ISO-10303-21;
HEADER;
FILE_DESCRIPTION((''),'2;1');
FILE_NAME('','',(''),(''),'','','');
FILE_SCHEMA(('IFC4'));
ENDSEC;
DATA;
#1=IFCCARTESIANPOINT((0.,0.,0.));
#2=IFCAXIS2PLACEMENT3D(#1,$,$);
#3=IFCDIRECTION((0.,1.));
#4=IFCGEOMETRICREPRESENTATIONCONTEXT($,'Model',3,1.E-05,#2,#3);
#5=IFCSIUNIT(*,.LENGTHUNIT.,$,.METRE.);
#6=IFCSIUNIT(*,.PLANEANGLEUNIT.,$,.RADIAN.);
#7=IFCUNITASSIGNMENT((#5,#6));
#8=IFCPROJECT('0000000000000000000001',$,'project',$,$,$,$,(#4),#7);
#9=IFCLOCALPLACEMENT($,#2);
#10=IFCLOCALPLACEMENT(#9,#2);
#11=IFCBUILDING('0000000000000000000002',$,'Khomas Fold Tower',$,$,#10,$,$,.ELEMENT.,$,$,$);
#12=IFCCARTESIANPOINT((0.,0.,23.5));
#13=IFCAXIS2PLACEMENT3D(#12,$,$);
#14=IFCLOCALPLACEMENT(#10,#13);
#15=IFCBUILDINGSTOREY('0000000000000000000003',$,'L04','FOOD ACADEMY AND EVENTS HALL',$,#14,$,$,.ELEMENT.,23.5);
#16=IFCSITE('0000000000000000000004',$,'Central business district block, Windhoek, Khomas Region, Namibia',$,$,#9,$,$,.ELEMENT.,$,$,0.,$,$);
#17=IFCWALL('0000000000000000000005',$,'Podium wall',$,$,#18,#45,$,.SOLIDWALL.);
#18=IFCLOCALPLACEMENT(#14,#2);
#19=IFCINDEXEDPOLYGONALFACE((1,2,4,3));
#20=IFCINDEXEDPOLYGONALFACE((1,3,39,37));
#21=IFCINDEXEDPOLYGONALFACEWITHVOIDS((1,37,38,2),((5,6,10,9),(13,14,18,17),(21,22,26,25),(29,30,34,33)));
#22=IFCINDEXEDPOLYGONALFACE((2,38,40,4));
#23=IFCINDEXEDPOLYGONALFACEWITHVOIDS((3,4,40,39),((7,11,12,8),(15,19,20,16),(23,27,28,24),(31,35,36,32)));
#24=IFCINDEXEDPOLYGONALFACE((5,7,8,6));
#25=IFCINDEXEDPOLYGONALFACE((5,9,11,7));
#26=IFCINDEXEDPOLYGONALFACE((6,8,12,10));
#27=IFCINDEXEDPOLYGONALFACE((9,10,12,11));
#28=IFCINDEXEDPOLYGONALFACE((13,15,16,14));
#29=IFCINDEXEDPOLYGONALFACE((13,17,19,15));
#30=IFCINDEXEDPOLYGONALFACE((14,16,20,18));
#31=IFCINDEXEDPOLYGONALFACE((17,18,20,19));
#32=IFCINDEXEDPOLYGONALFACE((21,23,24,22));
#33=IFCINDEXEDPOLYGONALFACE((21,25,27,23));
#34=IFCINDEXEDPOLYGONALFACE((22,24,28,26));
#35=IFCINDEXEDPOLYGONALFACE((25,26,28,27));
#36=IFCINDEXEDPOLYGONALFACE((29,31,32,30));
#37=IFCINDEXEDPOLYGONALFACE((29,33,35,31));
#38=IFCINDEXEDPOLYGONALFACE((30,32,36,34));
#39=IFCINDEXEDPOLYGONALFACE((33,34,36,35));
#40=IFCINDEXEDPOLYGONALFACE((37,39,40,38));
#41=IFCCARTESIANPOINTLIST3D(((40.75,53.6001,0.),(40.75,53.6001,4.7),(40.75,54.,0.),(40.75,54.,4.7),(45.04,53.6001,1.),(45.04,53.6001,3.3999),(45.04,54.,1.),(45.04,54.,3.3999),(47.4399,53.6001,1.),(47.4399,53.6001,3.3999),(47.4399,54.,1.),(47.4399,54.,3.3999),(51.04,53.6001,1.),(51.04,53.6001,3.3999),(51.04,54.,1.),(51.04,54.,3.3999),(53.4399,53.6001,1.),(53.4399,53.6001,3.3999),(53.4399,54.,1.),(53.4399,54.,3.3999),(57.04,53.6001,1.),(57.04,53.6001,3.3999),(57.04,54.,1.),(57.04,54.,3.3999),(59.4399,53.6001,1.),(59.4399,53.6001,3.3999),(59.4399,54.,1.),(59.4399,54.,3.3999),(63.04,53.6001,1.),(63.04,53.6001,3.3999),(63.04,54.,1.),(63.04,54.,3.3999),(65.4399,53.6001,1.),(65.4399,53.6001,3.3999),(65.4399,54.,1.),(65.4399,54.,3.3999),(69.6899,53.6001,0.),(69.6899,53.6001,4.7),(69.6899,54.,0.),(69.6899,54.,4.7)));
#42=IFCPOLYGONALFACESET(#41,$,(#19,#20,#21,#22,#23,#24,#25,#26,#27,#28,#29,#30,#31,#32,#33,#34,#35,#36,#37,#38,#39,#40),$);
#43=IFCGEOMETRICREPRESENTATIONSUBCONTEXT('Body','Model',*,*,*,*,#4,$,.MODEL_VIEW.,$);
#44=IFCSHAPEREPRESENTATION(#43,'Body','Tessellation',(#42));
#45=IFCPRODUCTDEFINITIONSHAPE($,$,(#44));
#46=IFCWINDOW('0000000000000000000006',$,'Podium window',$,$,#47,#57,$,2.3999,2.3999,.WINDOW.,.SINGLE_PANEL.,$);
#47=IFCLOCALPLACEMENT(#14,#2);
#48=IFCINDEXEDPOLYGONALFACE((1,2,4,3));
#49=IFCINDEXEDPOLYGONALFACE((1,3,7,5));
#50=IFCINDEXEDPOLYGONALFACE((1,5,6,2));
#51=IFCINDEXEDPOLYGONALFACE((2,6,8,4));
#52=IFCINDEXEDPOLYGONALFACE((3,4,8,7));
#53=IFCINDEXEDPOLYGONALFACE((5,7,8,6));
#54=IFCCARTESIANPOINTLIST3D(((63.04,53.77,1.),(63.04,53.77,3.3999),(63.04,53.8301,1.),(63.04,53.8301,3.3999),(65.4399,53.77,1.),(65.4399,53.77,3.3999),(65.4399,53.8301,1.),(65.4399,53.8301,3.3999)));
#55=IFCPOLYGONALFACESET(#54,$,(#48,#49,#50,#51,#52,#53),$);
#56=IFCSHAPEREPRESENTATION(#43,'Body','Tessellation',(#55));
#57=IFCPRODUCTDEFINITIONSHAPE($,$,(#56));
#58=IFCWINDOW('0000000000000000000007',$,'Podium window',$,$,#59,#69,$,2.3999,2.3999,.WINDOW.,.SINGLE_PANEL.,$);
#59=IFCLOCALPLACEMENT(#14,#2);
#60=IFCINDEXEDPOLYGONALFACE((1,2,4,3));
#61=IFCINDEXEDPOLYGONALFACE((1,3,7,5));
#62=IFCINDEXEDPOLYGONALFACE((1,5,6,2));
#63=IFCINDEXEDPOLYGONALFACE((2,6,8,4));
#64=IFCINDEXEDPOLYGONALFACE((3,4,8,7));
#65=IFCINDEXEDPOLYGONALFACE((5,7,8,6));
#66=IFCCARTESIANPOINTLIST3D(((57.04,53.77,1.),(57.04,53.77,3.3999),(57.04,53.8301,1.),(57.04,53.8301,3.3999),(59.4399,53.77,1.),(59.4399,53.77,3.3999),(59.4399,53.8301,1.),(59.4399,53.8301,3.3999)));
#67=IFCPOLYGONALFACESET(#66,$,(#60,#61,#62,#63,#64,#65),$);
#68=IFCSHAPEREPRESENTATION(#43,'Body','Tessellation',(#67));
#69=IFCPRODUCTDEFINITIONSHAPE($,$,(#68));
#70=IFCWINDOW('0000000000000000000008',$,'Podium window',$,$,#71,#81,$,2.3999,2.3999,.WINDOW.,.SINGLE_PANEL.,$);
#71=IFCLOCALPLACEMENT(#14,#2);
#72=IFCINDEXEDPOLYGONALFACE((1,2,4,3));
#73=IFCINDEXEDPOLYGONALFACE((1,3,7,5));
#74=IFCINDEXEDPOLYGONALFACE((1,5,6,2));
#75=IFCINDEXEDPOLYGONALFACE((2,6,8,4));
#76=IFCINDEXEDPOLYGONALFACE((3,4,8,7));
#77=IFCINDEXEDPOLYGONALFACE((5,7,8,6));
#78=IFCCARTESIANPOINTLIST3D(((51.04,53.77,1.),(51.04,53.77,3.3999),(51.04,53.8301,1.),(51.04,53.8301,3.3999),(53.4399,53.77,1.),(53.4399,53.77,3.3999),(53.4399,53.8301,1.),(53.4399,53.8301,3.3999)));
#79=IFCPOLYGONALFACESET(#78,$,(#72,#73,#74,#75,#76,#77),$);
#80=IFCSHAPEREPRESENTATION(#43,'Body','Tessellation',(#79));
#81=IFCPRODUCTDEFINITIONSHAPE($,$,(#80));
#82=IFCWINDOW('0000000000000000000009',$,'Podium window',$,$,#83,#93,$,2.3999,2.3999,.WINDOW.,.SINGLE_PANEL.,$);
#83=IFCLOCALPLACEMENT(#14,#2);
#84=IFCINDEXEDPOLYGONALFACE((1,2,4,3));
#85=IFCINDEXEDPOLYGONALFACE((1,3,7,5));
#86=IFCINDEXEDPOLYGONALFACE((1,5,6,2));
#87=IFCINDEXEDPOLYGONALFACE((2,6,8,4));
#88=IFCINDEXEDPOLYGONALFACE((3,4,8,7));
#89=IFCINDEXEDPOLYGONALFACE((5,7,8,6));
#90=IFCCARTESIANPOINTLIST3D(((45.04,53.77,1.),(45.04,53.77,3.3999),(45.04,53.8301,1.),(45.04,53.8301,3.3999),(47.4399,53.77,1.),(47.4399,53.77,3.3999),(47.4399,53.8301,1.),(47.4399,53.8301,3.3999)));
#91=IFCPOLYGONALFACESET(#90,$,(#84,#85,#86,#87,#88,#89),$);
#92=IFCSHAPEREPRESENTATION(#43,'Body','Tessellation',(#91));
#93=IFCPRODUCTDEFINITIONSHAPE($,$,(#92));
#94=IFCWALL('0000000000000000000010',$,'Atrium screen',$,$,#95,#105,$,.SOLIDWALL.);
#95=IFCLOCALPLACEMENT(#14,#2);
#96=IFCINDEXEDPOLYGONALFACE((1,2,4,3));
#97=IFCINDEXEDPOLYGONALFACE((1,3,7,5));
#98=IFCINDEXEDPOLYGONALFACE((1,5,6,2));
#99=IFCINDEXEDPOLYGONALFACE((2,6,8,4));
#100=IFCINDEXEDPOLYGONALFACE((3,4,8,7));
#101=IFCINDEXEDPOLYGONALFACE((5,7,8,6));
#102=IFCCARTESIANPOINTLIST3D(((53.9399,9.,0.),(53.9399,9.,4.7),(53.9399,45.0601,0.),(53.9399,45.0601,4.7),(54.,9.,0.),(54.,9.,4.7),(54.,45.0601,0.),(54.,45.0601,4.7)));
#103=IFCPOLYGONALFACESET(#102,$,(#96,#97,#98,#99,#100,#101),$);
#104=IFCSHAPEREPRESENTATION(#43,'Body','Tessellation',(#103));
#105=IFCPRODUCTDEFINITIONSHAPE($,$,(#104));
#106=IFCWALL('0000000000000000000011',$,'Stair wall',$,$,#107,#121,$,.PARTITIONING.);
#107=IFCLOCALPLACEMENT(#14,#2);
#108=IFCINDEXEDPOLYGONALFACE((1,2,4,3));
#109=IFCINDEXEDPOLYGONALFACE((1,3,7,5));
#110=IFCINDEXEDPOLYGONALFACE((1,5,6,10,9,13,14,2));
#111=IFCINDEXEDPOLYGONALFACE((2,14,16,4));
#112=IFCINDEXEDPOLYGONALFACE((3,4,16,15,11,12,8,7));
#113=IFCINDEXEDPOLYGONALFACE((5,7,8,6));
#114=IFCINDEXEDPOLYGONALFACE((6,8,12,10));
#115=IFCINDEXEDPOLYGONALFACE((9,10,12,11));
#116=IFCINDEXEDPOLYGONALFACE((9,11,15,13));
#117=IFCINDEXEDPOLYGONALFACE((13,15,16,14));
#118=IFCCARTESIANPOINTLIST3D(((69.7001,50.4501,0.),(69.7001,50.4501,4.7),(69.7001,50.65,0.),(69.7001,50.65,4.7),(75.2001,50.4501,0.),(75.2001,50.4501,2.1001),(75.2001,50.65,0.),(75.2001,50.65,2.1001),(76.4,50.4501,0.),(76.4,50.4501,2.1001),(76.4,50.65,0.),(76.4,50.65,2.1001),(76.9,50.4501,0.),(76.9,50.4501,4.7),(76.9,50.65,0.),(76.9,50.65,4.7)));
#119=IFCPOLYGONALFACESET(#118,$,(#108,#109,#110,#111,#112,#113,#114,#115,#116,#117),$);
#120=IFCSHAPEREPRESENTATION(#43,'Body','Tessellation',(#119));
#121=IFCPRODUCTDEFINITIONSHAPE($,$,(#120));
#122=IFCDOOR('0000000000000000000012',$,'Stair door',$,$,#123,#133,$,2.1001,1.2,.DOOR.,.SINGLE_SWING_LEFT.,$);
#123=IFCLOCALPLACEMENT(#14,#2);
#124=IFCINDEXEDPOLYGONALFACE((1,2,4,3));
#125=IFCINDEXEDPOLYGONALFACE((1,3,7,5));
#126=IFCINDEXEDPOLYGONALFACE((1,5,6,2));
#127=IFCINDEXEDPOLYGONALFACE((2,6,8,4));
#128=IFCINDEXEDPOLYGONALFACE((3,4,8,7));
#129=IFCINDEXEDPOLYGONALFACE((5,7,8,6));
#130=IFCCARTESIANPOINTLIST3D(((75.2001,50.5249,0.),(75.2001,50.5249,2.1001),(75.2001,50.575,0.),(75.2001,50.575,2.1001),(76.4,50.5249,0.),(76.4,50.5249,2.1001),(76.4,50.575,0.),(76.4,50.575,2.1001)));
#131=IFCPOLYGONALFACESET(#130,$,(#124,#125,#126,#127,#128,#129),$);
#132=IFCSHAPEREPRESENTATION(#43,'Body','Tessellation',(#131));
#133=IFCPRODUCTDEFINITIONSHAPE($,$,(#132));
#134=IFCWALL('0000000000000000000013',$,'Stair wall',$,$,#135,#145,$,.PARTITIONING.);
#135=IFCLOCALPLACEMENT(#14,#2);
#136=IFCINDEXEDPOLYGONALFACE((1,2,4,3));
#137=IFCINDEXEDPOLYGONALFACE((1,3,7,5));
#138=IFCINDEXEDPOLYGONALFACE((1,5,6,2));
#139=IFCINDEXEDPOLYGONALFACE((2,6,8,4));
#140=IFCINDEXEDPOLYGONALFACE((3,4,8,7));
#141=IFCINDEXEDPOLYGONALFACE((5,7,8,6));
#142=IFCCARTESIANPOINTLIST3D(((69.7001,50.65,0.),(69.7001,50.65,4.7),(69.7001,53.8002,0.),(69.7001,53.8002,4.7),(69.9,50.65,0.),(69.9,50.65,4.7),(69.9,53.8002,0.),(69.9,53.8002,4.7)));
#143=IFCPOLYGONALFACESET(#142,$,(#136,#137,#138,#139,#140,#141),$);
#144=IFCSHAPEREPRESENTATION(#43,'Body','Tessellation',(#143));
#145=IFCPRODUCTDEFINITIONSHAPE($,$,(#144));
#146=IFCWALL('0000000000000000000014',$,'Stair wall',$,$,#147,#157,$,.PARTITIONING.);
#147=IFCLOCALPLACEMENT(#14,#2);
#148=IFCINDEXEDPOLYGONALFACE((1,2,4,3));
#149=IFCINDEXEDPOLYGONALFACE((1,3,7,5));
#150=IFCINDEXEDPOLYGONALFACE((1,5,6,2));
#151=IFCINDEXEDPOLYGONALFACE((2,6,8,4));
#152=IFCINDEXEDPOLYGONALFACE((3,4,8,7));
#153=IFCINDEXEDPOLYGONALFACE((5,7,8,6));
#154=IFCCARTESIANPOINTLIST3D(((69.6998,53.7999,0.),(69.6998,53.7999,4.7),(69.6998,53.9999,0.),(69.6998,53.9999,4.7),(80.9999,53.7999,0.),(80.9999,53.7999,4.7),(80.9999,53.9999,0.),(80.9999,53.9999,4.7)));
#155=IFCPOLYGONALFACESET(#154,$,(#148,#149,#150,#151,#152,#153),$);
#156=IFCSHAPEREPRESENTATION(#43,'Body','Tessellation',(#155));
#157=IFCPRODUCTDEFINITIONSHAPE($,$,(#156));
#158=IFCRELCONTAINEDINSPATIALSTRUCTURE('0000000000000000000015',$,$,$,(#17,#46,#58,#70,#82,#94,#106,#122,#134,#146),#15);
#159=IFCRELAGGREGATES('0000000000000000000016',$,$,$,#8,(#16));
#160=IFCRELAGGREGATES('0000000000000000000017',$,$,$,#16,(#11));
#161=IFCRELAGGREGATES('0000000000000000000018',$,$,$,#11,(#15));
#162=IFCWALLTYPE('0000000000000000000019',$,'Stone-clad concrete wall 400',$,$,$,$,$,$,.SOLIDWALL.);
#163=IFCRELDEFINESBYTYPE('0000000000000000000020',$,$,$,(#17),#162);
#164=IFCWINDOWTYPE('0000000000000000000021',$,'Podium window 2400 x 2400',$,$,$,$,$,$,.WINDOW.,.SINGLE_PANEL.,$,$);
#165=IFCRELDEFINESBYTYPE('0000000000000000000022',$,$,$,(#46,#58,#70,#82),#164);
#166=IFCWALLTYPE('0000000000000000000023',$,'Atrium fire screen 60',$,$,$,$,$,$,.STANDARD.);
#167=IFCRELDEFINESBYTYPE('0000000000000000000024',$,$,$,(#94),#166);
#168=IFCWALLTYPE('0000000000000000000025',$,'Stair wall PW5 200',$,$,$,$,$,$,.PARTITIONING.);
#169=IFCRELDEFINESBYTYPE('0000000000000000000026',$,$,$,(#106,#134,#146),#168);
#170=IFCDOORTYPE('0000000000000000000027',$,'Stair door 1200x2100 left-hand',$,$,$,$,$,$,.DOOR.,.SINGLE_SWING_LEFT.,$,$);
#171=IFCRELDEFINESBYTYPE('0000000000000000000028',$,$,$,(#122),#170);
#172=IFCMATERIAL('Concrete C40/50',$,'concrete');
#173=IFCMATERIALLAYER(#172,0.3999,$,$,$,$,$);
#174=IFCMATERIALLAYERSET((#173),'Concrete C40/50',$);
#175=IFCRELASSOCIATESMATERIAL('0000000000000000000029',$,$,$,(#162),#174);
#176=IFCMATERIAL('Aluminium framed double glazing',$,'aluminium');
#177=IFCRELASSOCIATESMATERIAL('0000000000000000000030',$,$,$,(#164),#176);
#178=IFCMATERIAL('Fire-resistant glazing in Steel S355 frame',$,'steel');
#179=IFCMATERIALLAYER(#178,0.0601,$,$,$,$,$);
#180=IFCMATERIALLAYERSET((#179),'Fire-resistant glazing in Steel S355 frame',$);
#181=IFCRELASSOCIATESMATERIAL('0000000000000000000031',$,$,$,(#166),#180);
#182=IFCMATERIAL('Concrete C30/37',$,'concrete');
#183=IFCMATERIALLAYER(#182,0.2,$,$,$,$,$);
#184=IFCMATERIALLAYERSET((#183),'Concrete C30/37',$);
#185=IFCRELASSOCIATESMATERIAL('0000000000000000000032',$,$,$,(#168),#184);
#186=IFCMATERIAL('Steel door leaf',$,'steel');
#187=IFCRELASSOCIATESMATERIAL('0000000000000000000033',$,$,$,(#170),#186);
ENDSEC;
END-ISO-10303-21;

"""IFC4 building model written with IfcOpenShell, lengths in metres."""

from ifc_helpers import new_model, si_unit, direction, frame, frame_2d, origin, place, context, subcontext, project, spatial, rectangle, extrude, source, transform, mapped, material, layer, layer_set, type_object, element, fill, save


model = new_model("IFC4")

# Units and contexts
model_context = context("Model", 3, precision=1e-05, world=origin(), true_north=direction((0.0, 1.0)))
body_context = subcontext(model_context, "Body", "Model", "MODEL_VIEW")
ifc_project = project(units=[si_unit("LENGTHUNIT", "METRE"), si_unit("PLANEANGLEUNIT", "RADIAN")], contexts=[model_context])

# Site, building, storey
site_placement = place(None, origin())
site = spatial("IfcSite", under=ifc_project, at=site_placement, Name="Central business district block, Windhoek, Khomas Region, Namibia", CompositionType="ELEMENT", RefElevation=0.0)
building_placement = place(site_placement, origin())
building = spatial("IfcBuilding", under=site, at=building_placement, Name="Khomas Fold Tower", CompositionType="ELEMENT")
storey_placement = place(building_placement, frame((0.0, 0.0, 23.5)))
storey = spatial("IfcBuildingStorey", under=building, at=storey_placement, Name="L04", Description="FOOD ACADEMY AND EVENTS HALL", CompositionType="ELEMENT", Elevation=23.5)

# Wall, openings, windows
ifc_material_1 = material(Name="Concrete C40/50", Category="concrete")
ifc_layer_1 = layer(ifc_material_1, 0.3999)
ifc_layer_set_1 = layer_set([ifc_layer_1], Name="Concrete C40/50")
wall_type_1 = type_object("IfcWallType", Name="Stone-clad concrete wall 400", PredefinedType="SOLIDWALL", material=ifc_layer_set_1)
shared_shape_1 = source(origin(), body_context, "Body", "SweptSolid", [
    extrude(rectangle(XDim=28.9399, YDim=0.3999, at=frame_2d((14.47, 0.0))), origin(), (0.0, 0.0, 1.0), 4.7),
])
wall_1_placement = place(storey_placement, frame((69.6899, 53.8, 0.0), z_axis=(0.0, 0.0, 1.0), x_axis=(-1.0, 0.0, 0.0)))
wall_1 = element("IfcWall", 1, at=wall_1_placement, inside=storey, type_object=wall_type_1, Name="Podium wall", PredefinedType="SOLIDWALL", context=body_context, shape_type="MappedRepresentation", body=[
    mapped(shared_shape_1, transform((0.0, 0.0, 0.0))),
])
shared_shape_2 = source(origin(), body_context, "Body", "SweptSolid", [
    extrude(rectangle(XDim=2.3999, YDim=2.3999, at=frame_2d((1.2, 1.2))), frame((0.0, 0.21, 0.0), z_axis=(0.0, -1.0, 0.0), x_axis=(1.0, 0.0, 0.0)), (0.0, 0.0, 1.0), 0.4199),
])
opening_1_placement = place(wall_1_placement, frame((4.25, 0.0, 1.0)))
opening_1 = element("IfcOpeningElement", 2, at=opening_1_placement, cuts=wall_1, PredefinedType="OPENING", context=body_context, shape_type="MappedRepresentation", body=[
    mapped(shared_shape_2, transform((0.0, 0.0, 0.0))),
])
opening_2_placement = place(wall_1_placement, frame((10.25, 0.0, 1.0)))
opening_2 = element("IfcOpeningElement", 3, at=opening_2_placement, cuts=wall_1, PredefinedType="OPENING", context=body_context, shape_type="MappedRepresentation", body=[
    mapped(shared_shape_2, transform((0.0, 0.0, 0.0))),
])
opening_3_placement = place(wall_1_placement, frame((16.25, 0.0, 1.0)))
opening_3 = element("IfcOpeningElement", 4, at=opening_3_placement, cuts=wall_1, PredefinedType="OPENING", context=body_context, shape_type="MappedRepresentation", body=[
    mapped(shared_shape_2, transform((0.0, 0.0, 0.0))),
])
opening_4_placement = place(wall_1_placement, frame((22.25, 0.0, 1.0)))
opening_4 = element("IfcOpeningElement", 5, at=opening_4_placement, cuts=wall_1, PredefinedType="OPENING", context=body_context, shape_type="MappedRepresentation", body=[
    mapped(shared_shape_2, transform((0.0, 0.0, 0.0))),
])
ifc_material_2 = material(Name="Aluminium framed double glazing", Category="aluminium")
window_type = type_object("IfcWindowType", Name="Podium window 2400 x 2400", PartitioningType="SINGLE_PANEL", PredefinedType="WINDOW", material=ifc_material_2)
shared_shape_3 = source(origin(), body_context, "Body", "SweptSolid", [
    extrude(rectangle(XDim=2.3999, YDim=2.3999, at=frame_2d((1.2, 1.2))), frame((0.0, 0.03, 0.0), z_axis=(0.0, -1.0, 0.0), x_axis=(1.0, 0.0, 0.0)), (0.0, 0.0, 1.0), 0.0601),
])
window_1_placement = place(opening_1_placement, origin())
window_1 = element("IfcWindow", 6, at=window_1_placement, inside=storey, type_object=window_type, Name="Podium window", OverallHeight=2.3999, OverallWidth=2.3999, PartitioningType="SINGLE_PANEL", PredefinedType="WINDOW", context=body_context, shape_type="MappedRepresentation", body=[
    mapped(shared_shape_3, transform((0.0, 0.0, 0.0))),
])
fill(opening_1, window_1)
window_2_placement = place(opening_2_placement, origin())
window_2 = element("IfcWindow", 7, at=window_2_placement, inside=storey, type_object=window_type, Name="Podium window", OverallHeight=2.3999, OverallWidth=2.3999, PartitioningType="SINGLE_PANEL", PredefinedType="WINDOW", context=body_context, shape_type="MappedRepresentation", body=[
    mapped(shared_shape_3, transform((0.0, 0.0, 0.0))),
])
fill(opening_2, window_2)
window_3_placement = place(opening_3_placement, origin())
window_3 = element("IfcWindow", 8, at=window_3_placement, inside=storey, type_object=window_type, Name="Podium window", OverallHeight=2.3999, OverallWidth=2.3999, PartitioningType="SINGLE_PANEL", PredefinedType="WINDOW", context=body_context, shape_type="MappedRepresentation", body=[
    mapped(shared_shape_3, transform((0.0, 0.0, 0.0))),
])
fill(opening_3, window_3)
window_4_placement = place(opening_4_placement, origin())
window_4 = element("IfcWindow", 9, at=window_4_placement, inside=storey, type_object=window_type, Name="Podium window", OverallHeight=2.3999, OverallWidth=2.3999, PartitioningType="SINGLE_PANEL", PredefinedType="WINDOW", context=body_context, shape_type="MappedRepresentation", body=[
    mapped(shared_shape_3, transform((0.0, 0.0, 0.0))),
])
fill(opening_4, window_4)

# Wall
ifc_material_3 = material(Name="Fire-resistant glazing in Steel S355 frame", Category="steel")
ifc_layer_2 = layer(ifc_material_3, 0.0601)
ifc_layer_set_2 = layer_set([ifc_layer_2], Name="Fire-resistant glazing in Steel S355 frame")
wall_type_2 = type_object("IfcWallType", Name="Atrium fire screen 60", PredefinedType="STANDARD", material=ifc_layer_set_2)
shared_shape_4 = source(origin(), body_context, "Body", "SweptSolid", [
    extrude(rectangle(XDim=36.0601, YDim=0.0601, at=frame_2d((18.03, 0.0))), origin(), (0.0, 0.0, 1.0), 4.7),
])
wall_2_placement = place(storey_placement, frame((53.97, 45.0601, 0.0), z_axis=(0.0, 0.0, 1.0), x_axis=(0.0, -1.0, 0.0)))
element("IfcWall", 10, at=wall_2_placement, inside=storey, type_object=wall_type_2, Name="Atrium screen", PredefinedType="SOLIDWALL", context=body_context, shape_type="MappedRepresentation", body=[
    mapped(shared_shape_4, transform((0.0, 0.0, 0.0))),
])

# Wall, opening, door
ifc_material_4 = material(Name="Concrete C30/37", Category="concrete")
ifc_layer_3 = layer(ifc_material_4, 0.2)
ifc_layer_set_3 = layer_set([ifc_layer_3], Name="Concrete C30/37")
wall_type_3 = type_object("IfcWallType", Name="Stair wall PW5 200", PredefinedType="PARTITIONING", material=ifc_layer_set_3)
shared_shape_5 = source(origin(), body_context, "Body", "SweptSolid", [
    extrude(rectangle(XDim=7.2, YDim=0.2, at=frame_2d((3.6001, 0.0))), origin(), (0.0, 0.0, 1.0), 4.7),
])
wall_3_placement = place(storey_placement, frame((69.7, 50.55, 0.0), z_axis=(0.0, 0.0, 1.0), x_axis=(1.0, 0.0, 0.0)))
wall_3 = element("IfcWall", 11, at=wall_3_placement, inside=storey, type_object=wall_type_3, Name="Stair wall", PredefinedType="PARTITIONING", context=body_context, shape_type="MappedRepresentation", body=[
    mapped(shared_shape_5, transform((0.0, 0.0, 0.0))),
])
shared_shape_6 = source(origin(), body_context, "Body", "SweptSolid", [
    extrude(rectangle(XDim=1.2, YDim=2.1001, at=frame_2d((0.6001, 1.05))), frame((0.0, 0.1099, 0.0), z_axis=(0.0, -1.0, 0.0), x_axis=(1.0, 0.0, 0.0)), (0.0, 0.0, 1.0), 0.22),
])
opening_5_placement = place(wall_3_placement, frame((5.5, 0.0, 0.0)))
opening_5 = element("IfcOpeningElement", 12, at=opening_5_placement, cuts=wall_3, PredefinedType="OPENING", context=body_context, shape_type="MappedRepresentation", body=[
    mapped(shared_shape_6, transform((0.0, 0.0, 0.0))),
])
ifc_material_5 = material(Name="Steel door leaf", Category="steel")
door_type = type_object("IfcDoorType", Name="Stair door 1200x2100 left-hand", OperationType="SINGLE_SWING_LEFT", PredefinedType="DOOR", material=ifc_material_5)
shared_shape_7 = source(origin(), body_context, "Body", "SweptSolid", [
    extrude(rectangle(XDim=1.2, YDim=2.1001, at=frame_2d((0.6001, 1.05))), frame((0.0, 0.0249, 0.0), z_axis=(0.0, -1.0, 0.0), x_axis=(1.0, 0.0, 0.0)), (0.0, 0.0, 1.0), 0.05),
])
door_placement = place(opening_5_placement, origin())
door = element("IfcDoor", 13, at=door_placement, inside=storey, type_object=door_type, Name="Stair door", OperationType="SINGLE_SWING_LEFT", OverallHeight=2.1001, OverallWidth=1.2, PredefinedType="DOOR", context=body_context, shape_type="MappedRepresentation", body=[
    mapped(shared_shape_7, transform((0.0, 0.0, 0.0))),
])
fill(opening_5, door)

# Walls
shared_shape_8 = source(origin(), body_context, "Body", "SweptSolid", [
    extrude(rectangle(XDim=3.1501, YDim=0.2, at=frame_2d((1.5752, 0.0))), origin(), (0.0, 0.0, 1.0), 4.7),
])
wall_4_placement = place(storey_placement, frame((69.8, 50.6499, 0.0), z_axis=(0.0, 0.0, 1.0), x_axis=(0.0, 1.0, 0.0)))
element("IfcWall", 14, at=wall_4_placement, inside=storey, type_object=wall_type_3, Name="Stair wall", PredefinedType="PARTITIONING", context=body_context, shape_type="MappedRepresentation", body=[
    mapped(shared_shape_8, transform((0.0, 0.0, 0.0))),
])
shared_shape_9 = source(origin(), body_context, "Body", "SweptSolid", [
    extrude(rectangle(XDim=11.3, YDim=0.2, at=frame_2d((5.6499, 0.0))), origin(), (0.0, 0.0, 1.0), 4.7),
])
wall_5_placement = place(storey_placement, frame((69.7, 53.8999, 0.0), z_axis=(0.0, 0.0, 1.0), x_axis=(1.0, 0.0, 0.0)))
element("IfcWall", 15, at=wall_5_placement, inside=storey, type_object=wall_type_3, Name="Stair wall", PredefinedType="PARTITIONING", context=body_context, shape_type="MappedRepresentation", body=[
    mapped(shared_shape_9, transform((0.0, 0.0, 0.0))),
])

save(model, "model.ifc")
